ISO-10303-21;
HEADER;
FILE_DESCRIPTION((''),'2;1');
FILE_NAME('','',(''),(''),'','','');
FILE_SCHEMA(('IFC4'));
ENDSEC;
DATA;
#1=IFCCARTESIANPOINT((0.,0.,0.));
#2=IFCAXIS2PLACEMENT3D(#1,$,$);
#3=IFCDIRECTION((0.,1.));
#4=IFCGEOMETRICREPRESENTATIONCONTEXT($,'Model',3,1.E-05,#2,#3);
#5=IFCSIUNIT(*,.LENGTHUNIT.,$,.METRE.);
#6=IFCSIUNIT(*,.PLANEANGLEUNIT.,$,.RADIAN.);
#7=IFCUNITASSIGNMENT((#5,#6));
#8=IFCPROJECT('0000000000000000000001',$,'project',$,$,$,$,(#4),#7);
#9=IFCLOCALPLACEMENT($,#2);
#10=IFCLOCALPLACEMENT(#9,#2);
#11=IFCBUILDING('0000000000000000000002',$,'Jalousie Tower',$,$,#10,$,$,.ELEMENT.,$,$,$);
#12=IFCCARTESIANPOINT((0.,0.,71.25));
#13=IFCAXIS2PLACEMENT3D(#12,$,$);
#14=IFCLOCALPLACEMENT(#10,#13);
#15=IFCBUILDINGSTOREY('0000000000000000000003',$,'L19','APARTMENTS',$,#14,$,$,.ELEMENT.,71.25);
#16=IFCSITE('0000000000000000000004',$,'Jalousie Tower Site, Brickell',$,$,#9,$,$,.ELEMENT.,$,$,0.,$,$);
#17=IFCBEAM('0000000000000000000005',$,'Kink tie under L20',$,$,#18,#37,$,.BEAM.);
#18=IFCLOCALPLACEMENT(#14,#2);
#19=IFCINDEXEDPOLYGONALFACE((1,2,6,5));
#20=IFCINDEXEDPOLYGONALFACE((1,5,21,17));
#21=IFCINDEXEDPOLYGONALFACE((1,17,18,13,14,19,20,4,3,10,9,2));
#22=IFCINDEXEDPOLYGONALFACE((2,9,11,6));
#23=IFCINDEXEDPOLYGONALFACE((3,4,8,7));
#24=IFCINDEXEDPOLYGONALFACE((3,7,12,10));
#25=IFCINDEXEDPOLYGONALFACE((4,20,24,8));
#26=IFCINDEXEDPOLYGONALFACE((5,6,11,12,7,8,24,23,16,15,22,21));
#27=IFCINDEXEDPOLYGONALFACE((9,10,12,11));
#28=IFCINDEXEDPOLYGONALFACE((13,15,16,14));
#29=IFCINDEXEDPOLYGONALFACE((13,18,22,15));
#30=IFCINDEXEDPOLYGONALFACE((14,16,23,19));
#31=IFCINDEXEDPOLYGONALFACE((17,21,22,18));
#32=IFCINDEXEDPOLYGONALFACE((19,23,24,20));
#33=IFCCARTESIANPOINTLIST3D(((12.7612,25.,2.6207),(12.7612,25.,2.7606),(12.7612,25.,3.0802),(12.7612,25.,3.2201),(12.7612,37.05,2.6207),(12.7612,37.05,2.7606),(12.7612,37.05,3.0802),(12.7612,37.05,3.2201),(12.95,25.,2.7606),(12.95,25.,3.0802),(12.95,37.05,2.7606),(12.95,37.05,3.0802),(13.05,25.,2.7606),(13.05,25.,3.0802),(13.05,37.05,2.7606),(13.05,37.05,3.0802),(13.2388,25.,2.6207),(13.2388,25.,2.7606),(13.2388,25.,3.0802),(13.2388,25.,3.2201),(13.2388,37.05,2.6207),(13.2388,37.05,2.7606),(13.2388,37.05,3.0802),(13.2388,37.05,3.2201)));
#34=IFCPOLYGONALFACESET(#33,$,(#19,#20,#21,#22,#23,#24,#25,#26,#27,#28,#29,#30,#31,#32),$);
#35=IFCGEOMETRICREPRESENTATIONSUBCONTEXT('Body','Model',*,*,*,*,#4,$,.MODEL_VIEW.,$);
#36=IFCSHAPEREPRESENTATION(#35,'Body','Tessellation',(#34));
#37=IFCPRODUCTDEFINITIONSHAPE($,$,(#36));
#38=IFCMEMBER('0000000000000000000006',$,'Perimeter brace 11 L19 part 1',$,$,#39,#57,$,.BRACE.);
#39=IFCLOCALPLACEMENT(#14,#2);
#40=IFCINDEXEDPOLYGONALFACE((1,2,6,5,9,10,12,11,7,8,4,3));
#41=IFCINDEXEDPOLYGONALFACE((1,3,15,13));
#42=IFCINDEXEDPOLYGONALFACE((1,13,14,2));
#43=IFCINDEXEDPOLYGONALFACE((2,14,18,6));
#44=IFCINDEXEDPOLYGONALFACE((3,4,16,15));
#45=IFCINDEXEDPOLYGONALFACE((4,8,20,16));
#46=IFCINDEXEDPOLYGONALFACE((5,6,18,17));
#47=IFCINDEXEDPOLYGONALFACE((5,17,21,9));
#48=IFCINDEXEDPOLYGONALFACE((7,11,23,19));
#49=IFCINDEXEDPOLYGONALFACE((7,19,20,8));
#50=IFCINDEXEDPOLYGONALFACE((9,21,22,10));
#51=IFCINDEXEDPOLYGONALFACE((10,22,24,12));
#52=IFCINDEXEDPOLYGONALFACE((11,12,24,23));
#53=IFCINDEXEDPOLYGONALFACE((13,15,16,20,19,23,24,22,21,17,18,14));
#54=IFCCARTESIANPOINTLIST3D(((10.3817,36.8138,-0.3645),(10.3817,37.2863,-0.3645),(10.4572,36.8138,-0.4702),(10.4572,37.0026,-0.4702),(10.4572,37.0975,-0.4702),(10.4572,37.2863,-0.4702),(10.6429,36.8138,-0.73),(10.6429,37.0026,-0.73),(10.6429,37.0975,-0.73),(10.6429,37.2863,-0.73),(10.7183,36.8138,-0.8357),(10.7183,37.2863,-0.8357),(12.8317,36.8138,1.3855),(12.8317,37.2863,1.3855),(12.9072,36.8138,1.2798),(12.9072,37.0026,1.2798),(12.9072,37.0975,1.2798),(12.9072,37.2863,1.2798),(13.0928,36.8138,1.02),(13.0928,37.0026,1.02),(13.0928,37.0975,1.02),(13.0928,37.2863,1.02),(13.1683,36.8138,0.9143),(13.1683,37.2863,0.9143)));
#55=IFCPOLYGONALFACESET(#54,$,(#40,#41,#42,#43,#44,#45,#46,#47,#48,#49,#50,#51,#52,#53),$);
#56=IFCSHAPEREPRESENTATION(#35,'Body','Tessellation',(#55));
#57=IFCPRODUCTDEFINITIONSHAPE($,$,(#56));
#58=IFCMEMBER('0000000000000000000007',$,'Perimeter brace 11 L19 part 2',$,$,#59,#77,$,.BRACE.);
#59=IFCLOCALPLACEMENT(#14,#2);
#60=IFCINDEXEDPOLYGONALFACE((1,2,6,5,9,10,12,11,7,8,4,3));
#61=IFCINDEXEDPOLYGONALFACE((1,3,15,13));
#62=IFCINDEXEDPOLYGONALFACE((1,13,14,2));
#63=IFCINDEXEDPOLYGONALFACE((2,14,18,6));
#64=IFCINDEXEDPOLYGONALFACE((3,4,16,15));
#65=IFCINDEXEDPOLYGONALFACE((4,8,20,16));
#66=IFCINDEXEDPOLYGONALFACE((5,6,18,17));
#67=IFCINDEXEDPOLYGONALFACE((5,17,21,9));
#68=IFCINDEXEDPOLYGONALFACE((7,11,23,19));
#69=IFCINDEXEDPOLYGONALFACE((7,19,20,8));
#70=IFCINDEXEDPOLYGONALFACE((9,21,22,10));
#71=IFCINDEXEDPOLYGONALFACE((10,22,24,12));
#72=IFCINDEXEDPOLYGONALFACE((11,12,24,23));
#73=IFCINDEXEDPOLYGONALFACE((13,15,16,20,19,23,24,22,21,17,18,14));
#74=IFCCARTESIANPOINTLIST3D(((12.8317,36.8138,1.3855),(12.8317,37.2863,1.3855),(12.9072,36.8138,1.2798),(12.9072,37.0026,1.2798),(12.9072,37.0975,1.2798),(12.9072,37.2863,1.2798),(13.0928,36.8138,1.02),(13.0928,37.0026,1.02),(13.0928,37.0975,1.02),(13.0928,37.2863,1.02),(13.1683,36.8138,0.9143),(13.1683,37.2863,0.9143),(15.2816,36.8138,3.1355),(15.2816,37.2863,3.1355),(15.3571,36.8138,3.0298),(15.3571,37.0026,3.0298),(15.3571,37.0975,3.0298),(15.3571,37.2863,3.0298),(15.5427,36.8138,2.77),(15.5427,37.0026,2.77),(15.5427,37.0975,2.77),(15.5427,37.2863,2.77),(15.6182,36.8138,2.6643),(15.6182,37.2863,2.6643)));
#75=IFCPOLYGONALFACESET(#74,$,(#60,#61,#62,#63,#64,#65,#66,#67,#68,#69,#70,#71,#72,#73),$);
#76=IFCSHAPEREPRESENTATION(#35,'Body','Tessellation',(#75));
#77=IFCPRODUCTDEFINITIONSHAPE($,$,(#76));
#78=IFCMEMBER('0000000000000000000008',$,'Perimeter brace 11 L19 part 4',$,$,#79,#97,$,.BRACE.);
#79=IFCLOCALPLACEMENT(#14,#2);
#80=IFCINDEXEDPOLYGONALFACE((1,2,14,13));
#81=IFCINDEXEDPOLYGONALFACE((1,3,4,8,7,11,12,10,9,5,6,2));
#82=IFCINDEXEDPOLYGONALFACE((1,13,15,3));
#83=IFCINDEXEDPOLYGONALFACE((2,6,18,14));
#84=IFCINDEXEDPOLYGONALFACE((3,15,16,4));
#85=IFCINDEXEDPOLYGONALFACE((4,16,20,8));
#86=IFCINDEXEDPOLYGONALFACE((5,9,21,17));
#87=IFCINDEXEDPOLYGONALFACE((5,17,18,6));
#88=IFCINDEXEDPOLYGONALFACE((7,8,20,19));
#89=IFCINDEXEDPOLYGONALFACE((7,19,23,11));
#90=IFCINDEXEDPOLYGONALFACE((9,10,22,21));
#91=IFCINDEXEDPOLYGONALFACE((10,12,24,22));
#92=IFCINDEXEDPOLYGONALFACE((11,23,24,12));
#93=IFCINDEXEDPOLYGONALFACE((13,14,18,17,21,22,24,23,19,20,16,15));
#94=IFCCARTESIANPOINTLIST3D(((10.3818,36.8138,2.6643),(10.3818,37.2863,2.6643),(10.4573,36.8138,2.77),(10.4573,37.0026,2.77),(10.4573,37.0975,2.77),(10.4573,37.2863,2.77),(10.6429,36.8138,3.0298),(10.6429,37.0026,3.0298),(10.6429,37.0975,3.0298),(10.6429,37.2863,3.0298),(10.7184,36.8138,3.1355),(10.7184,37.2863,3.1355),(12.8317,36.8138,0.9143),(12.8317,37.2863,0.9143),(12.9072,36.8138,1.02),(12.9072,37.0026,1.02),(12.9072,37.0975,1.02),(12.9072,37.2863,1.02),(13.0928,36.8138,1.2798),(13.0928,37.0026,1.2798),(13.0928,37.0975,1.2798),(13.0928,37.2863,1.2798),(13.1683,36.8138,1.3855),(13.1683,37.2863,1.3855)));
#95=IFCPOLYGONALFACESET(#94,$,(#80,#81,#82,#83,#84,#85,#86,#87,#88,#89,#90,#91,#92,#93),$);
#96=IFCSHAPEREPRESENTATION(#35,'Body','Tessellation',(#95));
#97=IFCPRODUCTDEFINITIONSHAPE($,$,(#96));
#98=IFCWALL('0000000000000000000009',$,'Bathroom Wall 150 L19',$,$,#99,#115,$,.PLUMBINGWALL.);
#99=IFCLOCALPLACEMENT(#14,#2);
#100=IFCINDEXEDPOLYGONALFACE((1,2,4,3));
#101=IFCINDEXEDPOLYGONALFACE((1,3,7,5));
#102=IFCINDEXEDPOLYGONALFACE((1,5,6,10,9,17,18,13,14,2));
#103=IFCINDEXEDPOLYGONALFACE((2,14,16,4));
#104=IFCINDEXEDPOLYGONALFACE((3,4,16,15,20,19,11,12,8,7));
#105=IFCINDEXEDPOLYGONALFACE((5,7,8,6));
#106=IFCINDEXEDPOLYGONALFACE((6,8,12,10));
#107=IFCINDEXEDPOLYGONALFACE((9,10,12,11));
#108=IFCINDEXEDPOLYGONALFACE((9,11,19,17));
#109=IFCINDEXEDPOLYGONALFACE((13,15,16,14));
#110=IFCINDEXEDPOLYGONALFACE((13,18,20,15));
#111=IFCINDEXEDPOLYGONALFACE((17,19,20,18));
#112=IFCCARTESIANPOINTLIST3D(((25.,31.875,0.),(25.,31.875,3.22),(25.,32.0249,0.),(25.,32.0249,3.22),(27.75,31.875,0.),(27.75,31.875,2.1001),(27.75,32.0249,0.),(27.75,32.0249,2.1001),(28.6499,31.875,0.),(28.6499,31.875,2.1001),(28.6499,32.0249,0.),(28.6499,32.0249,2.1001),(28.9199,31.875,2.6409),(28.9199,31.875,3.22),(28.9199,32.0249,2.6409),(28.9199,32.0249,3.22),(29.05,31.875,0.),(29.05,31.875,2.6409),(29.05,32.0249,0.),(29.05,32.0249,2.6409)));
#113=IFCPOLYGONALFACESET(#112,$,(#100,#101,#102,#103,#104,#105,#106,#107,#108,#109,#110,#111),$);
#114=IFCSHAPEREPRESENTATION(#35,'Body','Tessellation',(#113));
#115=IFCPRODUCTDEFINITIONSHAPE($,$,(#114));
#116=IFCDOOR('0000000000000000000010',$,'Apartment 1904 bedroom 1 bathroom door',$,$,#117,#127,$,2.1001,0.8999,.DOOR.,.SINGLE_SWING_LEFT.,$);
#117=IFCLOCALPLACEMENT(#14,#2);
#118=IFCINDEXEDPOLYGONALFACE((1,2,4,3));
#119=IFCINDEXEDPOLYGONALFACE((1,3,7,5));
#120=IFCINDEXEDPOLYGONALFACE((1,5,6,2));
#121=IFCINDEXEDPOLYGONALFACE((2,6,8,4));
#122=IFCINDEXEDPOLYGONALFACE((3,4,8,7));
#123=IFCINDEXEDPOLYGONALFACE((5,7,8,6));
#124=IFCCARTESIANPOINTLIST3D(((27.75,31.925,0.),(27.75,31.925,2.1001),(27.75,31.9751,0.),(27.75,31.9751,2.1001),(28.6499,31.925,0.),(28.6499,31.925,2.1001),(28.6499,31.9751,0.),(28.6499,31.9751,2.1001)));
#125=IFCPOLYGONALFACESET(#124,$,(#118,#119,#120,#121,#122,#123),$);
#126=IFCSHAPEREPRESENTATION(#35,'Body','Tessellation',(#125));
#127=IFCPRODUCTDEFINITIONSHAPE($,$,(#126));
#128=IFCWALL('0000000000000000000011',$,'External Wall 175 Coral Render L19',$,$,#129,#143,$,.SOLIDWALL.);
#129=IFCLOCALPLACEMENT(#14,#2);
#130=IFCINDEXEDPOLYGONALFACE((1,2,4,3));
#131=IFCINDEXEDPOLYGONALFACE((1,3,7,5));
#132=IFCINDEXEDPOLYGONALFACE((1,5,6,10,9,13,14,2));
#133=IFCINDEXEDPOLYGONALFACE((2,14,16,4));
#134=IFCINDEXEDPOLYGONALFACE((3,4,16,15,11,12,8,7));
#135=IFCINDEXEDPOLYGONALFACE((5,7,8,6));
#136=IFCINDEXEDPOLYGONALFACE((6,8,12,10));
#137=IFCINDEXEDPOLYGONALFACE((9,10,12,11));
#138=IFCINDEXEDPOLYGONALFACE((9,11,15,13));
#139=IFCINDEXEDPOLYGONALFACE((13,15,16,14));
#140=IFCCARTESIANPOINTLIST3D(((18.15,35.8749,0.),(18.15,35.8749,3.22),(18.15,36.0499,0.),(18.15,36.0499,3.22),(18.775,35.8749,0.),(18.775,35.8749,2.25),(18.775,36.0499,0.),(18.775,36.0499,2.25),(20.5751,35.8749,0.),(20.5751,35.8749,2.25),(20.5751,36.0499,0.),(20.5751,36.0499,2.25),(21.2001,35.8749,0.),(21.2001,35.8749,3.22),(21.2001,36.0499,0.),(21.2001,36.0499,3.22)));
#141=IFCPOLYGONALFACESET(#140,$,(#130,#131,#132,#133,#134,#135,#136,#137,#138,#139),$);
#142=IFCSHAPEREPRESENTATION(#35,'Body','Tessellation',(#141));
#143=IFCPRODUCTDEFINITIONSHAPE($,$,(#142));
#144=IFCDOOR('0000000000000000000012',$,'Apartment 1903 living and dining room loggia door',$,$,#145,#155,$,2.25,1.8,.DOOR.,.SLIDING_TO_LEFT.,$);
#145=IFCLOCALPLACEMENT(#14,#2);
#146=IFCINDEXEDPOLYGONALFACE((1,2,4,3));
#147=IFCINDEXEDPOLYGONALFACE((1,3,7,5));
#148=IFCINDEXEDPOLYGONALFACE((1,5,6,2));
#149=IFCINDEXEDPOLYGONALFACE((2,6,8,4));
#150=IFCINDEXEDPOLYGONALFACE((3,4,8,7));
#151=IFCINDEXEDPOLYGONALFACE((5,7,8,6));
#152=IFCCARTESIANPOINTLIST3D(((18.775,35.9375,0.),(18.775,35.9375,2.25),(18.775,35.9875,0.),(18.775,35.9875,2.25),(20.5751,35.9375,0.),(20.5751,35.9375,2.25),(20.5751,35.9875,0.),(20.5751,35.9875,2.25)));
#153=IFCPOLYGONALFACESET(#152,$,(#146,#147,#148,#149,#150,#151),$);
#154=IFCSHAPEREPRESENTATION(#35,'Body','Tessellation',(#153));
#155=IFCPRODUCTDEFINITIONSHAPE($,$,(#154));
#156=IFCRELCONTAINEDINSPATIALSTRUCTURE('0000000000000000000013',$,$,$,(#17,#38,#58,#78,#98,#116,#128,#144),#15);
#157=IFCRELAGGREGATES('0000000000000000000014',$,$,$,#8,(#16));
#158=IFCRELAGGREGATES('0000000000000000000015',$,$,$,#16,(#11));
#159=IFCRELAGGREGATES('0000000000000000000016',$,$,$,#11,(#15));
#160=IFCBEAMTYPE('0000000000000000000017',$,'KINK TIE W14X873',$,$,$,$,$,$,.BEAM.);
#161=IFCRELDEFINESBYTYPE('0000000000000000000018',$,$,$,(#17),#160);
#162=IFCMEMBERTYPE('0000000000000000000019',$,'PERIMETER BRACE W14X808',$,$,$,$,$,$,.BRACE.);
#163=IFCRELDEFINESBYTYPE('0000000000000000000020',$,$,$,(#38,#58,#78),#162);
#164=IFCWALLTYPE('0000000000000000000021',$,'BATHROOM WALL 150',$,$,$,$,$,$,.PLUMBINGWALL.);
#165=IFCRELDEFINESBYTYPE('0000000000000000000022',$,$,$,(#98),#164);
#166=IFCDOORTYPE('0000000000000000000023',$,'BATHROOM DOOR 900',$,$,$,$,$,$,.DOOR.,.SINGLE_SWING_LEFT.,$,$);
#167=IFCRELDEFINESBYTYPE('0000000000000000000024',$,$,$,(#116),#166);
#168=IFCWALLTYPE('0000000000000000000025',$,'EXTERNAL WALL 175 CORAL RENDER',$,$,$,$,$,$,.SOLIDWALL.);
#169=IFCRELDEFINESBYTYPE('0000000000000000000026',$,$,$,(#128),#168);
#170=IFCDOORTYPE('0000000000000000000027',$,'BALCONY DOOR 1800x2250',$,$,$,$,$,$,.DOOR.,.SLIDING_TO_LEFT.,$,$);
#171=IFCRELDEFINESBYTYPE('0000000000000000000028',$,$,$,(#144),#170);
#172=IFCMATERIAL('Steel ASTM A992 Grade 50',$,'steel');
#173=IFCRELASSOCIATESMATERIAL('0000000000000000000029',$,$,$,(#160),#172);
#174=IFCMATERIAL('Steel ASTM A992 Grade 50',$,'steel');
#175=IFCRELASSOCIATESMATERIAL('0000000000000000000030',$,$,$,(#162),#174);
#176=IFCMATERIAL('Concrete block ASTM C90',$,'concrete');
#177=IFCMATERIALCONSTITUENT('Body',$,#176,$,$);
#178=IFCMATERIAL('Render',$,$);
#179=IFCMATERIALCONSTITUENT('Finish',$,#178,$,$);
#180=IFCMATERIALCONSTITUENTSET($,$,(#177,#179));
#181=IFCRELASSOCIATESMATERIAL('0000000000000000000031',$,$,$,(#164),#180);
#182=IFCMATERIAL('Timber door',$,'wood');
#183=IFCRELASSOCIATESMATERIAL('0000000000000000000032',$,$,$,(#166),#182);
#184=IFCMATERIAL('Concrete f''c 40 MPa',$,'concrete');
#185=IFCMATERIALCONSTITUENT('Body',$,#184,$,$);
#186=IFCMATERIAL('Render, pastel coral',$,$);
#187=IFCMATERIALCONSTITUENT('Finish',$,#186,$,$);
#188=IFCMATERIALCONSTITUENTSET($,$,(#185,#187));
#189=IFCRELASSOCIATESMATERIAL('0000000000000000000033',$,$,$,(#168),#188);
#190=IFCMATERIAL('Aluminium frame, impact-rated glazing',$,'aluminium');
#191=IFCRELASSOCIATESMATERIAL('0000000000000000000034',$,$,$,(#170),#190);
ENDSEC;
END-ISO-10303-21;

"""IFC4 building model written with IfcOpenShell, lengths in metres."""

from ifc_helpers import new_model, si_unit, direction, frame, frame_2d, origin, origin_2d, place, context, subcontext, project, spatial, polyline, rectangle, i_section, outline, extrude, material, constituent, constituent_set, material_profile, profile_set, type_object, element, fill, save


model = new_model("IFC4")

# Units and contexts
model_context = context("Model", 3, precision=1e-05, world=origin(), true_north=direction((0.0, 1.0)))
body_context = subcontext(model_context, "Body", "Model", "MODEL_VIEW")
ifc_project = project(units=[si_unit("LENGTHUNIT", "METRE"), si_unit("PLANEANGLEUNIT", "RADIAN")], contexts=[model_context])

# Site, building, storey
site_placement = place(None, origin())
site = spatial("IfcSite", under=ifc_project, at=site_placement, Name="Jalousie Tower Site, Brickell", CompositionType="ELEMENT", RefElevation=0.0)
building_placement = place(site_placement, origin())
building = spatial("IfcBuilding", under=site, at=building_placement, Name="Jalousie Tower", CompositionType="ELEMENT")
storey_placement = place(building_placement, frame((0.0, 0.0, 71.25)))
storey = spatial("IfcBuildingStorey", under=building, at=storey_placement, Name="L19", Description="APARTMENTS", CompositionType="ELEMENT", Elevation=71.25)

# Beam
ifc_material_1 = material(Name="Steel ASTM A992 Grade 50", Category="steel")
ifc_material_profile_1 = material_profile(ifc_material_1, i_section(OverallWidth=0.4775, OverallDepth=0.5994, WebThickness=0.1001, FlangeThickness=0.1399, at=origin_2d()), Name="W14X873")
ifc_profile_set_1 = profile_set([ifc_material_profile_1], Name="Steel ASTM A992 Grade 50")
beam_type = type_object("IfcBeamType", Name="KINK TIE W14X873", PredefinedType="BEAM", material=ifc_profile_set_1)
beam_placement = place(storey_placement, frame((13.0, 37.05, 2.9204), z_axis=(0.0, -1.0, 0.0), x_axis=(1.0, 0.0, 0.0)))
element("IfcBeam", 1, at=beam_placement, inside=storey, type_object=beam_type, Name="Kink tie under L20", PredefinedType="BEAM", context=body_context, shape_type="SweptSolid", body=[
    extrude(i_section(OverallWidth=0.4775, OverallDepth=0.5994, WebThickness=0.1001, FlangeThickness=0.1399, at=origin_2d()), origin(), (0.0, 0.0, 1.0), 12.05),
])

# Members
ifc_material_2 = material(Name="Steel ASTM A992 Grade 50", Category="steel")
ifc_material_profile_2 = material_profile(ifc_material_2, i_section(OverallWidth=0.4724, OverallDepth=0.5791, WebThickness=0.095, FlangeThickness=0.1299, at=origin_2d()), Name="W14X808")
ifc_profile_set_2 = profile_set([ifc_material_profile_2], Name="Steel ASTM A992 Grade 50")
member_type = type_object("IfcMemberType", Name="PERIMETER BRACE W14X808", PredefinedType="BRACE", material=ifc_profile_set_2)
for number, where, z_axis, x_axis, name in (
    (2, (10.55, 37.05, -0.6001), (0.813728, 0.0, 0.581246), (0.0, 1.0, 0.0), "Perimeter brace 11 L19 part 1"),
    (3, (13.0, 37.05, 1.1499), (0.813728, 0.0, 0.581246), (0.0, 1.0, 0.0), "Perimeter brace 11 L19 part 2"),
    (4, (13.0, 37.05, 1.1499), (-0.813728, 0.0, 0.581246), (0.0, -1.0, 0.0), "Perimeter brace 11 L19 part 4"),
):
    element("IfcMember", number, at=place(storey_placement, frame(where, z_axis=z_axis, x_axis=x_axis)), inside=storey, type_object=member_type, Name=name, PredefinedType="BRACE", context=body_context, shape_type="SweptSolid", body=[
        extrude(i_section(OverallWidth=0.4724, OverallDepth=0.5791, WebThickness=0.095, FlangeThickness=0.1299, at=origin_2d()), origin(), (0.0, 0.0, 1.0), 3.0107),
    ])

# Walls, openings, doors
ifc_material_3 = material(Name="Concrete block ASTM C90", Category="concrete")
ifc_constituent_1 = constituent(ifc_material_3, Name="Body")
ifc_material_4 = material(Name="Render")
ifc_constituent_2 = constituent(ifc_material_4, Name="Finish")
ifc_constituent_set_1 = constituent_set(constituents=[ifc_constituent_1, ifc_constituent_2])
wall_type_1 = type_object("IfcWallType", Name="BATHROOM WALL 150", PredefinedType="PLUMBINGWALL", material=ifc_constituent_set_1)
wall_1_placement = place(storey_placement, frame((25.0, 31.95, 0.0), z_axis=(0.0, 0.0, 1.0), x_axis=(1.0, 0.0, 0.0)))
wall_1 = element("IfcWall", 5, at=wall_1_placement, inside=storey, type_object=wall_type_1, Name="Bathroom Wall 150 L19", PredefinedType="PLUMBINGWALL", context=body_context, shape_type="SweptSolid", body=[
    extrude(outline(polyline([(0.0, 0.0), (4.05, 0.0), (4.05, 2.6409), (3.9199, 2.6409), (3.9199, 3.22), (0.0, 3.22), (0.0, 0.0)])), frame((0.0, 0.075, 0.0), z_axis=(0.0, -1.0, 0.0), x_axis=(1.0, 0.0, 0.0)), (0.0, 0.0, 1.0), 0.1499),
])
opening_1_placement = place(wall_1_placement, frame((2.75, 0.0, 0.0)))
opening_1 = element("IfcOpeningElement", 6, at=opening_1_placement, cuts=wall_1, PredefinedType="OPENING", context=body_context, shape_type="SweptSolid", body=[
    extrude(rectangle(XDim=0.8999, YDim=2.1001, at=frame_2d((0.45, 1.05))), frame((0.0, 0.085, 0.0), z_axis=(0.0, -1.0, 0.0), x_axis=(1.0, 0.0, 0.0)), (0.0, 0.0, 1.0), 0.1699),
])
ifc_material_5 = material(Name="Timber door", Category="wood")
door_type_1 = type_object("IfcDoorType", Name="BATHROOM DOOR 900", OperationType="SINGLE_SWING_LEFT", PredefinedType="DOOR", material=ifc_material_5)
door_1_placement = place(opening_1_placement, frame((0.8999, 0.0, 0.0), z_axis=(0.0, 0.0, 1.0), x_axis=(-1.0, 0.0, 0.0)))
door_1 = element("IfcDoor", 7, at=door_1_placement, inside=storey, type_object=door_type_1, Name="Apartment 1904 bedroom 1 bathroom door", OperationType="SINGLE_SWING_LEFT", OverallHeight=2.1001, OverallWidth=0.8999, PredefinedType="DOOR", context=body_context, shape_type="SweptSolid", body=[
    extrude(rectangle(XDim=0.8999, YDim=2.1001, at=frame_2d((0.45, 1.05))), frame((0.0, 0.0249, 0.0), z_axis=(0.0, -1.0, 0.0), x_axis=(1.0, 0.0, 0.0)), (0.0, 0.0, 1.0), 0.05),
])
fill(opening_1, door_1)
ifc_material_6 = material(Name="Concrete f'c 40 MPa", Category="concrete")
ifc_constituent_3 = constituent(ifc_material_6, Name="Body")
ifc_material_7 = material(Name="Render, pastel coral")
ifc_constituent_4 = constituent(ifc_material_7, Name="Finish")
ifc_constituent_set_2 = constituent_set(constituents=[ifc_constituent_3, ifc_constituent_4])
wall_type_2 = type_object("IfcWallType", Name="EXTERNAL WALL 175 CORAL RENDER", PredefinedType="SOLIDWALL", material=ifc_constituent_set_2)
wall_2_placement = place(storey_placement, frame((21.2, 35.9624, 0.0), z_axis=(0.0, 0.0, 1.0), x_axis=(-1.0, 0.0, 0.0)))
wall_2 = element("IfcWall", 8, at=wall_2_placement, inside=storey, type_object=wall_type_2, Name="External Wall 175 Coral Render L19", PredefinedType="SOLIDWALL", context=body_context, shape_type="SweptSolid", body=[
    extrude(rectangle(XDim=3.05, YDim=0.175, at=frame_2d((1.5249, 0.0))), origin(), (0.0, 0.0, 1.0), 3.22),
])
opening_2_placement = place(wall_2_placement, frame((0.625, 0.0, 0.0)))
opening_2 = element("IfcOpeningElement", 9, at=opening_2_placement, cuts=wall_2, PredefinedType="OPENING", context=body_context, shape_type="SweptSolid", body=[
    extrude(rectangle(XDim=1.8, YDim=2.25, at=frame_2d((0.8999, 1.125))), frame((0.0, 0.0974, 0.0), z_axis=(0.0, -1.0, 0.0), x_axis=(1.0, 0.0, 0.0)), (0.0, 0.0, 1.0), 0.1951),
])
ifc_material_8 = material(Name="Aluminium frame, impact-rated glazing", Category="aluminium")
door_type_2 = type_object("IfcDoorType", Name="BALCONY DOOR 1800x2250", OperationType="SLIDING_TO_LEFT", PredefinedType="DOOR", material=ifc_material_8)
door_2_placement = place(opening_2_placement, origin())
door_2 = element("IfcDoor", 10, at=door_2_placement, inside=storey, type_object=door_type_2, Name="Apartment 1903 living and dining room loggia door", OperationType="SLIDING_TO_LEFT", OverallHeight=2.25, OverallWidth=1.8, PredefinedType="DOOR", context=body_context, shape_type="SweptSolid", body=[
    extrude(rectangle(XDim=1.8, YDim=2.25, at=frame_2d((0.8999, 1.125))), frame((0.0, 0.0249, 0.0), z_axis=(0.0, -1.0, 0.0), x_axis=(1.0, 0.0, 0.0)), (0.0, 0.0, 1.0), 0.05),
])
fill(opening_2, door_2)

save(model, "model.ifc")
